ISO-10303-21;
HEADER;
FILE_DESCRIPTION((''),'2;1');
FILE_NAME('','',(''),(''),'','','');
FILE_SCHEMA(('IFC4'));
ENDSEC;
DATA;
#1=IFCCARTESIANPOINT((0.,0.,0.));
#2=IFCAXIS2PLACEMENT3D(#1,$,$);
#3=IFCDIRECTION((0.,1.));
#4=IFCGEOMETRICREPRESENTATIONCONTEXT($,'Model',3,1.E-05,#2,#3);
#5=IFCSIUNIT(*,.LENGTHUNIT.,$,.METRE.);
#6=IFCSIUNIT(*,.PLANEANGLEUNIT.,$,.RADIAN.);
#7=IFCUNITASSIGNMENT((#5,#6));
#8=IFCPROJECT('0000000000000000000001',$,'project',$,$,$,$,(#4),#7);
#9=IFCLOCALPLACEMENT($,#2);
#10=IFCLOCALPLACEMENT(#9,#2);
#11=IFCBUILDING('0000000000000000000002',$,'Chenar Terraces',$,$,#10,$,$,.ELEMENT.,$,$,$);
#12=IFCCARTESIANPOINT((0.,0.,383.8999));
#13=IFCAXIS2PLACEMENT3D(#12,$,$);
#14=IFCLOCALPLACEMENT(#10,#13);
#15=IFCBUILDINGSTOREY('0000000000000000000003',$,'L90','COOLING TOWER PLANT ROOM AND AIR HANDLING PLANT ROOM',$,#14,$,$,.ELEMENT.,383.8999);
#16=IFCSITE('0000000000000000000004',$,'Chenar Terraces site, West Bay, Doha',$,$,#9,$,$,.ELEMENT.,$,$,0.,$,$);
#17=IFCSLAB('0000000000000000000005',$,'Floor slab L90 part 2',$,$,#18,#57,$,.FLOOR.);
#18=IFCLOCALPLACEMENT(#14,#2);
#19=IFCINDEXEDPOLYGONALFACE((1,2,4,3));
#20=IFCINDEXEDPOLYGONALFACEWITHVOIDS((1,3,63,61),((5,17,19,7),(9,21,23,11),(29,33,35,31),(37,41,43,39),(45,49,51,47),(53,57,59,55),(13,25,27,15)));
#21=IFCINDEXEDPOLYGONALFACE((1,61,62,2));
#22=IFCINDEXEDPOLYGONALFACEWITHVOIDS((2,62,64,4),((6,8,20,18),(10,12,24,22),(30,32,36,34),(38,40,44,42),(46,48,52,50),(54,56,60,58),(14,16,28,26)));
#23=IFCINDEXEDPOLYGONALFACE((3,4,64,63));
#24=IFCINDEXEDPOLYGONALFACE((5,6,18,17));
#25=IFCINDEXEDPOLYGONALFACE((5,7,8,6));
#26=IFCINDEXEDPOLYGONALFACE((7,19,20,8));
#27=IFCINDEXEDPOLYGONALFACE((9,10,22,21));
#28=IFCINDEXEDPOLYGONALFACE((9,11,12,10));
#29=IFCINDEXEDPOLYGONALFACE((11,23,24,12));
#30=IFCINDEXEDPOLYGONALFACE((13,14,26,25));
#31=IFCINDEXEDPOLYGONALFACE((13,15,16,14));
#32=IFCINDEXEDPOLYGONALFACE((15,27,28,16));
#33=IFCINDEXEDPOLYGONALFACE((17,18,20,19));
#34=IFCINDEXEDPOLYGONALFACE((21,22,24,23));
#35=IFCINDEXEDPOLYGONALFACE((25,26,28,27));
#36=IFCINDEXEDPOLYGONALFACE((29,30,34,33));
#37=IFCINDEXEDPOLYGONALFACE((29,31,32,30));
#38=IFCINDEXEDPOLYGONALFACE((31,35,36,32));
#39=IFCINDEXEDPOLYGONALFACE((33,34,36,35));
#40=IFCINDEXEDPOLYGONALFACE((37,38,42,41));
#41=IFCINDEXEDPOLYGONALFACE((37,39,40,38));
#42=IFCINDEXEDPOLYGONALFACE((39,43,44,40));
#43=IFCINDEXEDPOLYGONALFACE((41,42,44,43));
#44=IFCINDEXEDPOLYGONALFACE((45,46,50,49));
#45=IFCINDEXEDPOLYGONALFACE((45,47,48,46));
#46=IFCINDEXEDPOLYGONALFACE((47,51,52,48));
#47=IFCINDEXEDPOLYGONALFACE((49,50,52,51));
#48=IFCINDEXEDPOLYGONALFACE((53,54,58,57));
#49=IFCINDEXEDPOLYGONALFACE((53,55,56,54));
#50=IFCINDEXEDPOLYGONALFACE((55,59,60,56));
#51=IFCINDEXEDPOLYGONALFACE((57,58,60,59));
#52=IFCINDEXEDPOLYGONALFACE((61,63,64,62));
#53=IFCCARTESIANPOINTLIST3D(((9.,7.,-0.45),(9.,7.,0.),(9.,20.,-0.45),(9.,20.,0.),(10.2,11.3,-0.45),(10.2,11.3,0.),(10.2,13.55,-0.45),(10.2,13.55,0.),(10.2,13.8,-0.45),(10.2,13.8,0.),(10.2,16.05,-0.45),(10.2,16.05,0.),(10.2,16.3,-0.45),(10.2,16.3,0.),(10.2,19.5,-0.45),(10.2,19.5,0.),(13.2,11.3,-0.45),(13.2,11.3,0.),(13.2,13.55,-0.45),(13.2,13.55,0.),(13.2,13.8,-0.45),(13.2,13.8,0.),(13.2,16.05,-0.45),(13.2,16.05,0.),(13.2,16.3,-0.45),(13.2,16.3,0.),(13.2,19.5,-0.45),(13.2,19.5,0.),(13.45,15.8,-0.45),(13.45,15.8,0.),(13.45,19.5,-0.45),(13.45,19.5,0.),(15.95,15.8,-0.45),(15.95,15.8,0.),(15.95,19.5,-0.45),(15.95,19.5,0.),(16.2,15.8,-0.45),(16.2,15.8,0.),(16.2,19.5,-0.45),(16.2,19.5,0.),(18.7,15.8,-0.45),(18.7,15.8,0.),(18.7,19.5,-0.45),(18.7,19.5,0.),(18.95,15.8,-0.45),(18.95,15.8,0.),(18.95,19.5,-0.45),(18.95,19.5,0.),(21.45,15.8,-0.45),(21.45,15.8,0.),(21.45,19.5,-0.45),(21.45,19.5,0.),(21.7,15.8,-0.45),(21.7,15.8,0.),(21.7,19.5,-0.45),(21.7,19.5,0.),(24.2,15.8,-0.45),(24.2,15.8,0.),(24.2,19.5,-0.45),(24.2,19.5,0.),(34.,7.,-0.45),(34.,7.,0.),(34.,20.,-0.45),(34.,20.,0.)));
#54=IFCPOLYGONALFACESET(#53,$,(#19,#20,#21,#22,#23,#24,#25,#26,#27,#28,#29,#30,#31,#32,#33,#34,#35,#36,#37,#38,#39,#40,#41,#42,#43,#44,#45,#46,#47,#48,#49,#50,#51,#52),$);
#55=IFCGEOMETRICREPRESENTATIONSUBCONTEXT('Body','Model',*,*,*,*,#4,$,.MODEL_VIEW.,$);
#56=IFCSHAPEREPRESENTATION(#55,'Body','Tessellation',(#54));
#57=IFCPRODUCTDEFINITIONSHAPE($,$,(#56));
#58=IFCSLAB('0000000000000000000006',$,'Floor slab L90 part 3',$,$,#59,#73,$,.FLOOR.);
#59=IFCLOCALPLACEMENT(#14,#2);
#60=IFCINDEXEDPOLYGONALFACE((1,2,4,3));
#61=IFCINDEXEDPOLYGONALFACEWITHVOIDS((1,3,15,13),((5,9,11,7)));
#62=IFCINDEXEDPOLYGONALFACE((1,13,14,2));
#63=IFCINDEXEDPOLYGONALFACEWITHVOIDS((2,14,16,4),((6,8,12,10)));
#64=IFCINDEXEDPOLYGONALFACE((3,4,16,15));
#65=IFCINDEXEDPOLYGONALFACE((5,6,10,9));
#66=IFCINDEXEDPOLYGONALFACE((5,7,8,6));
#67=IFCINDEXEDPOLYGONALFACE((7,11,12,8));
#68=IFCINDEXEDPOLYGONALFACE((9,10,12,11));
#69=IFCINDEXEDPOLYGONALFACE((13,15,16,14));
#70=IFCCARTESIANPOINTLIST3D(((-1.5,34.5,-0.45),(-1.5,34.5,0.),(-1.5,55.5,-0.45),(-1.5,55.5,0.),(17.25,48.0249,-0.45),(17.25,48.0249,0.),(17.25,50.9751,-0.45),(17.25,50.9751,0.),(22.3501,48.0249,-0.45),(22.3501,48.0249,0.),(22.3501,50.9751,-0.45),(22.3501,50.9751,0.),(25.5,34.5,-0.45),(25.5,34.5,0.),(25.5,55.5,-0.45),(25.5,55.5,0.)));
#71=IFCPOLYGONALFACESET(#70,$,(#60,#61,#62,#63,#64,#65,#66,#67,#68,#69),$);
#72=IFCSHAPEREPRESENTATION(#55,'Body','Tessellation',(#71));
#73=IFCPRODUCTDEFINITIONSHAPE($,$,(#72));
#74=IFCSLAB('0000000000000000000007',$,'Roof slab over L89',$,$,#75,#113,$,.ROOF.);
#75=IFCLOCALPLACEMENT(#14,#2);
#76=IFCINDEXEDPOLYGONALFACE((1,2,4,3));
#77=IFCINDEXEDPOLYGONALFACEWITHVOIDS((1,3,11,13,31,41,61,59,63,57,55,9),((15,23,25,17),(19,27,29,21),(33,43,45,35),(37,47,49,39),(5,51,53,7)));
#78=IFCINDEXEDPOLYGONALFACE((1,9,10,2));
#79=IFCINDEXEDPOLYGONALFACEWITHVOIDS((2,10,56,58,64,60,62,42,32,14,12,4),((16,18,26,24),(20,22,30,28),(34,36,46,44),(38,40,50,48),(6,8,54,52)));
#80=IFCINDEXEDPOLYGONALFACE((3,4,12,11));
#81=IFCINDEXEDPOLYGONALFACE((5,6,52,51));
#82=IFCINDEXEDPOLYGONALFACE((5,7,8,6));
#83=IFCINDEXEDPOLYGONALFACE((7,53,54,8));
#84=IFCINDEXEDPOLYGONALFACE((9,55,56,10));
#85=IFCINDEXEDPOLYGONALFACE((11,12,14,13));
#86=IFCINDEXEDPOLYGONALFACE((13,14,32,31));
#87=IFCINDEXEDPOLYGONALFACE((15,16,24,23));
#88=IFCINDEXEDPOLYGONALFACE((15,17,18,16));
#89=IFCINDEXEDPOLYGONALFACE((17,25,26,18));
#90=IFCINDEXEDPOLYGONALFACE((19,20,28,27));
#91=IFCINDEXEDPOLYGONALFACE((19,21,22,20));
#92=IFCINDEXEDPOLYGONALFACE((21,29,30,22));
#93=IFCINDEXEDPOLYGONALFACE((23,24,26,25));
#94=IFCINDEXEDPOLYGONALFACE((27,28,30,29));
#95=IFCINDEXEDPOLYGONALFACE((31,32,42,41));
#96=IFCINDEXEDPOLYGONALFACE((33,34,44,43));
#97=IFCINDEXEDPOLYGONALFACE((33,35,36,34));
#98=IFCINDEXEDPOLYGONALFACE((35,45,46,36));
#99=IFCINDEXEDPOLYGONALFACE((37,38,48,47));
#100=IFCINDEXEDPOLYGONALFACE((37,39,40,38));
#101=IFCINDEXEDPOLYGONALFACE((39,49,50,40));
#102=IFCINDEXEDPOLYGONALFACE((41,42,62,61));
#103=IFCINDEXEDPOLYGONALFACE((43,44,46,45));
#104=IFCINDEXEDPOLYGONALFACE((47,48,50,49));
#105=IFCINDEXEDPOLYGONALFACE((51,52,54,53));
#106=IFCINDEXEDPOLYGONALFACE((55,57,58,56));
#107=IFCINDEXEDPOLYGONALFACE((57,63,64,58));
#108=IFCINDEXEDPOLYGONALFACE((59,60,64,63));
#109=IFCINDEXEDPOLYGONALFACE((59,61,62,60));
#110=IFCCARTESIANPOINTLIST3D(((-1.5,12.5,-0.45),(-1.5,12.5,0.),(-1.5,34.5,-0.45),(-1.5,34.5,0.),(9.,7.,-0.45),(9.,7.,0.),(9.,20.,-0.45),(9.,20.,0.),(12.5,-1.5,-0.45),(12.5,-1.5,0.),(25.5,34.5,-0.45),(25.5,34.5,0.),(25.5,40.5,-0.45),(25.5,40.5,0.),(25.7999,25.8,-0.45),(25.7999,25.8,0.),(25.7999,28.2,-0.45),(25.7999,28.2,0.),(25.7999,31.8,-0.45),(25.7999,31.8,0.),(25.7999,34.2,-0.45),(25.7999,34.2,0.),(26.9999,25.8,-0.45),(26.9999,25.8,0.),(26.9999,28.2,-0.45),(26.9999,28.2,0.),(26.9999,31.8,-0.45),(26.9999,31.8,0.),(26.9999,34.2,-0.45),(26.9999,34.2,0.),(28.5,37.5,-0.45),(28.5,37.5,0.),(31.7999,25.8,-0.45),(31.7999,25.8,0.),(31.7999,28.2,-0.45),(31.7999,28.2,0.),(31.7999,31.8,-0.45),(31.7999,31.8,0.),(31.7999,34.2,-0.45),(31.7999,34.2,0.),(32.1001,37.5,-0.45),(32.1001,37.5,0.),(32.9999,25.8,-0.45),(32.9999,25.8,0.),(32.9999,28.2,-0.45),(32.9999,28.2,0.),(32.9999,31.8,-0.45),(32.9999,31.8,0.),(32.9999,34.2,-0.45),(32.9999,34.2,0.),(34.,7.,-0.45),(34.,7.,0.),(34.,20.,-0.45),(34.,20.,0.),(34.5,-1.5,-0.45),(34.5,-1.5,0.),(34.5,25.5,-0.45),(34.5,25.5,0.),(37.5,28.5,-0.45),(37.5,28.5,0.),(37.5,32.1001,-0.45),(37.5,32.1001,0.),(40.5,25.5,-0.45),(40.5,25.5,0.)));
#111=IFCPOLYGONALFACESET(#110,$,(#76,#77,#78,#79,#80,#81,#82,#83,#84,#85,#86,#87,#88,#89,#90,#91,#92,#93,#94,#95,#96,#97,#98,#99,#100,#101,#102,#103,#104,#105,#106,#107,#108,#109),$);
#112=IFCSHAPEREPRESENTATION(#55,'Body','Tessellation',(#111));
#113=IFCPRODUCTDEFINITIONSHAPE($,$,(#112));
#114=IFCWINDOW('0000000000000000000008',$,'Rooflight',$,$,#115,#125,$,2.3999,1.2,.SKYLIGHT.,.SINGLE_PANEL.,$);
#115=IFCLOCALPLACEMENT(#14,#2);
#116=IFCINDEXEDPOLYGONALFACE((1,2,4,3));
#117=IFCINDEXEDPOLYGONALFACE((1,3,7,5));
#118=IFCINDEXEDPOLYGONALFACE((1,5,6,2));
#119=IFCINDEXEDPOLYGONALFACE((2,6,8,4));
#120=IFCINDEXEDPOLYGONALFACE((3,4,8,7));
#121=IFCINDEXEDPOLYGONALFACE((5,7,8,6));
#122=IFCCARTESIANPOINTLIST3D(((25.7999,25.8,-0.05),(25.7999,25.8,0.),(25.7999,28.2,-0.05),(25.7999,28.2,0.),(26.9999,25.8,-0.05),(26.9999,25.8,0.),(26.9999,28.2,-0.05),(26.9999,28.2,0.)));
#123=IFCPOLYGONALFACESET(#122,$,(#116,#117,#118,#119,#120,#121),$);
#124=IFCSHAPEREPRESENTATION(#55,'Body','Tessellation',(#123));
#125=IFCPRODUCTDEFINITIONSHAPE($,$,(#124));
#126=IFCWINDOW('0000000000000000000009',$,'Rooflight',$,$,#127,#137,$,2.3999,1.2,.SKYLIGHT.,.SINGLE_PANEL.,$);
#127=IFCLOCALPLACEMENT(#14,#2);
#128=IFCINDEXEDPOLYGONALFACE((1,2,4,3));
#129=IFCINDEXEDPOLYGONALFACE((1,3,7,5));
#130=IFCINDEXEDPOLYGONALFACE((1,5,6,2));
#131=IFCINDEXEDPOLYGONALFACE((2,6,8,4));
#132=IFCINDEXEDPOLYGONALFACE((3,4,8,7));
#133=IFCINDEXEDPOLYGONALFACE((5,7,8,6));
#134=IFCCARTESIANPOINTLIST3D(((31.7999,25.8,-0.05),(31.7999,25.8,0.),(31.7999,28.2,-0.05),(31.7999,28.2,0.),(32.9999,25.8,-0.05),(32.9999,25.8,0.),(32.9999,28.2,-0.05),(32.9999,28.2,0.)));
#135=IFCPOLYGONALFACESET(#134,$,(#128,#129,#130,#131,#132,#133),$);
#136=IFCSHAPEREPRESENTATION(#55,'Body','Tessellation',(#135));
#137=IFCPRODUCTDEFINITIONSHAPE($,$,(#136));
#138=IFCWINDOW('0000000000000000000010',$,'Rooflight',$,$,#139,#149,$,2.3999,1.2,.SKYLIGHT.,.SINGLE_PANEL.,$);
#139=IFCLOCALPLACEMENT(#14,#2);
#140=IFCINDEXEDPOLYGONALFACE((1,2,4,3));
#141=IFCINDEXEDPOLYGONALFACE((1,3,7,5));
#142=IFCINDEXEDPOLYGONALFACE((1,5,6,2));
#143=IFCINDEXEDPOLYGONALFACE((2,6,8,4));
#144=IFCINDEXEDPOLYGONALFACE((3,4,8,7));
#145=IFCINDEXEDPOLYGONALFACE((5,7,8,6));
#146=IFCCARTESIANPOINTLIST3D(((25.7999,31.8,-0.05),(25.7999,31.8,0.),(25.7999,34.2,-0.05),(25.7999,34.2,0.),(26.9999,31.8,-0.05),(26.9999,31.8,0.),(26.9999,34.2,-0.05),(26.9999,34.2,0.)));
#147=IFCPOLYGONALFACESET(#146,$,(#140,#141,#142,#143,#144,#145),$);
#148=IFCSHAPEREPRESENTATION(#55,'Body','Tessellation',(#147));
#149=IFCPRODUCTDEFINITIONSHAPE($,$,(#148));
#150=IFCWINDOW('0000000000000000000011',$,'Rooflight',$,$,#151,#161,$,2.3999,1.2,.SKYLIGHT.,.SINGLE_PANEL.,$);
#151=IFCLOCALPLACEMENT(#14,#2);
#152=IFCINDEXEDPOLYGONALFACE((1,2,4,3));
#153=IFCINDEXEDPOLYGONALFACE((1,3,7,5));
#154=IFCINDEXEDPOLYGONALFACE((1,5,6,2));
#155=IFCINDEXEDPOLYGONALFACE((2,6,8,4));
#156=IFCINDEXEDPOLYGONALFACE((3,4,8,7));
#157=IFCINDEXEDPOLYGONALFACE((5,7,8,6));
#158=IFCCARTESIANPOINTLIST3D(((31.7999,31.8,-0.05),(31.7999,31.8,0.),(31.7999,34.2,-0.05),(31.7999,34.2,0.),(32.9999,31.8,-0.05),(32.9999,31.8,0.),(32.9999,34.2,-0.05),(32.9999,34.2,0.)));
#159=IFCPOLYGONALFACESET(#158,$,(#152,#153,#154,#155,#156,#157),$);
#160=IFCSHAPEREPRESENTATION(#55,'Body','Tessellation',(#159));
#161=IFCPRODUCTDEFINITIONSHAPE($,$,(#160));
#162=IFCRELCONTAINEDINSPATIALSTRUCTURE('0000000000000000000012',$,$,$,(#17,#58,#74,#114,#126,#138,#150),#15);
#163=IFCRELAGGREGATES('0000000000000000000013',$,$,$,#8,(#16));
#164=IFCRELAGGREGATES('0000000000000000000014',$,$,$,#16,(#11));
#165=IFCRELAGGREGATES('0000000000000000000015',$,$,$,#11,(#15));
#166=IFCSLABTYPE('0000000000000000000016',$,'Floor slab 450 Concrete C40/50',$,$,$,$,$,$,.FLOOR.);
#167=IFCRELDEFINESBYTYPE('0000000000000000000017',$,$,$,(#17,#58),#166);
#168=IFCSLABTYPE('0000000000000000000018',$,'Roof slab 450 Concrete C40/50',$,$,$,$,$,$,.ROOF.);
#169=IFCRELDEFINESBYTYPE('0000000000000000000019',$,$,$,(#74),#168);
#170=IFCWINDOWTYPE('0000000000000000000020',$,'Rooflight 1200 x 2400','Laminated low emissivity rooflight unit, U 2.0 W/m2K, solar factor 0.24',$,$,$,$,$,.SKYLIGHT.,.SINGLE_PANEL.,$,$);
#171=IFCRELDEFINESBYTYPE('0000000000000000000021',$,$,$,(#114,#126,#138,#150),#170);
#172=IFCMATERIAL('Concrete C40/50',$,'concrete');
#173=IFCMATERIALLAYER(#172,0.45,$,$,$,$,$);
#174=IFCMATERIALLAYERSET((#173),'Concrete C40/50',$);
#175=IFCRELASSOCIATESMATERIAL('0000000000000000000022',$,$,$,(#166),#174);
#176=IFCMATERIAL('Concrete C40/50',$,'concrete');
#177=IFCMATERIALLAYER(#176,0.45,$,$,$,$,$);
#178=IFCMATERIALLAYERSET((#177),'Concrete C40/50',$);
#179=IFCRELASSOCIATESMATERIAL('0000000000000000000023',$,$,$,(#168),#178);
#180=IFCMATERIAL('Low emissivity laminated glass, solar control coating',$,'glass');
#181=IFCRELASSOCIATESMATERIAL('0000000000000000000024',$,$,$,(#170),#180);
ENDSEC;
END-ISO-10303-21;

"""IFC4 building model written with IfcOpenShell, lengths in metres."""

from ifc_helpers import new_model, si_unit, direction, frame, origin, origin_2d, place, context, subcontext, project, spatial, polyline, rectangle, outline, extrude, material, layer, layer_set, type_object, element, fill, save


model = new_model("IFC4")

# Units and contexts
model_context = context("Model", 3, precision=1e-05, world=origin(), true_north=direction((0.0, 1.0)))
body_context = subcontext(model_context, "Body", "Model", "MODEL_VIEW")
ifc_project = project(units=[si_unit("LENGTHUNIT", "METRE"), si_unit("PLANEANGLEUNIT", "RADIAN")], contexts=[model_context])

# Site, building, storey
site_placement = place(None, origin())
site = spatial("IfcSite", under=ifc_project, at=site_placement, Name="Chenar Terraces site, West Bay, Doha", CompositionType="ELEMENT", RefElevation=0.0)
building_placement = place(site_placement, origin())
building = spatial("IfcBuilding", under=site, at=building_placement, Name="Chenar Terraces", CompositionType="ELEMENT")
storey_placement = place(building_placement, frame((0.0, 0.0, 383.8999)))
storey = spatial("IfcBuildingStorey", under=building, at=storey_placement, Name="L90", Description="COOLING TOWER PLANT ROOM AND AIR HANDLING PLANT ROOM", CompositionType="ELEMENT", Elevation=383.8999)

# Slabs
ifc_material_1 = material(Name="Concrete C40/50", Category="concrete")
ifc_layer_1 = layer(ifc_material_1, 0.45)
ifc_layer_set_1 = layer_set([ifc_layer_1], Name="Concrete C40/50")
slab_type_1 = type_object("IfcSlabType", Name="Floor slab 450 Concrete C40/50", PredefinedType="FLOOR", material=ifc_layer_set_1)
placement_1 = place(storey_placement, frame((0.0, 0.0, -0.45)))
element("IfcSlab", 1, at=placement_1, inside=storey, type_object=slab_type_1, Name="Floor slab L90 part 2", PredefinedType="FLOOR", context=body_context, shape_type="SweptSolid", body=[
    extrude(outline(polyline([(34.0, 20.0), (34.0, 7.0), (9.0, 7.0), (9.0, 20.0), (34.0, 20.0)]), holes=[polyline([(10.2, 13.55), (10.2, 11.3), (13.2, 11.3), (13.2, 13.55), (10.2, 13.55)]), polyline([(10.2, 16.05), (10.2, 13.8), (13.2, 13.8), (13.2, 16.05), (10.2, 16.05)]), polyline([(13.45, 19.5), (13.45, 15.8), (15.95, 15.8), (15.95, 19.5), (13.45, 19.5)]), polyline([(18.7, 19.5), (16.2, 19.5), (16.2, 15.8), (18.7, 15.8), (18.7, 19.5)]), polyline([(13.2, 19.5), (10.2, 19.5), (10.2, 16.3), (13.2, 16.3), (13.2, 19.5)]), polyline([(21.45, 19.5), (18.95, 19.5), (18.95, 15.8), (21.45, 15.8), (21.45, 19.5)]), polyline([(24.2, 19.5), (21.7, 19.5), (21.7, 15.8), (24.2, 15.8), (24.2, 19.5)])]), origin(), (0.0, 0.0, 1.0), 0.45),
])
element("IfcSlab", 2, at=placement_1, inside=storey, type_object=slab_type_1, Name="Floor slab L90 part 3", PredefinedType="FLOOR", context=body_context, shape_type="SweptSolid", body=[
    extrude(outline(polyline([(25.5, 55.5), (25.5, 34.5), (-1.5, 34.5), (-1.5, 55.5), (25.5, 55.5)]), holes=[polyline([(22.3501, 50.9751), (17.25, 50.9751), (17.25, 48.0249), (22.3501, 48.0249), (22.3501, 50.9751)])]), origin(), (0.0, 0.0, 1.0), 0.45),
])

# Slab, openings, windows
ifc_material_2 = material(Name="Concrete C40/50", Category="concrete")
ifc_layer_2 = layer(ifc_material_2, 0.45)
ifc_layer_set_2 = layer_set([ifc_layer_2], Name="Concrete C40/50")
slab_type_2 = type_object("IfcSlabType", Name="Roof slab 450 Concrete C40/50", PredefinedType="ROOF", material=ifc_layer_set_2)
slab_1 = element("IfcSlab", 3, at=placement_1, inside=storey, type_object=slab_type_2, Name="Roof slab over L89", PredefinedType="ROOF", context=body_context, shape_type="SweptSolid", body=[
    extrude(outline(polyline([(12.5, -1.5), (-1.5, 12.5), (-1.5, 34.5), (25.5, 34.5), (25.5, 40.5), (28.5, 37.5), (32.1001, 37.5), (37.5, 32.1001), (37.5, 28.5), (40.5, 25.5), (34.5, 25.5), (34.5, -1.5), (12.5, -1.5)]), holes=[polyline([(9.0, 7.0), (34.0, 7.0), (34.0, 20.0), (9.0, 20.0), (9.0, 7.0)])]), origin(), (0.0, 0.0, 1.0), 0.45),
])
opening_1_placement = place(placement_1, frame((26.3999, 27.0, 0.0)))
opening_1 = element("IfcOpeningElement", 4, at=opening_1_placement, cuts=slab_1, PredefinedType="OPENING", context=body_context, shape_type="SweptSolid", body=[
    extrude(rectangle(XDim=1.2, YDim=2.3999, at=origin_2d()), origin(), (0.0, 0.0, 1.0), 0.45),
])
opening_2_placement = place(placement_1, frame((32.3999, 27.0, 0.0)))
opening_2 = element("IfcOpeningElement", 5, at=opening_2_placement, cuts=slab_1, PredefinedType="OPENING", context=body_context, shape_type="SweptSolid", body=[
    extrude(rectangle(XDim=1.2, YDim=2.3999, at=origin_2d()), origin(), (0.0, 0.0, 1.0), 0.45),
])
opening_3_placement = place(placement_1, frame((26.3999, 33.0, 0.0)))
opening_3 = element("IfcOpeningElement", 6, at=opening_3_placement, cuts=slab_1, PredefinedType="OPENING", context=body_context, shape_type="SweptSolid", body=[
    extrude(rectangle(XDim=1.2, YDim=2.3999, at=origin_2d()), origin(), (0.0, 0.0, 1.0), 0.45),
])
opening_4_placement = place(placement_1, frame((32.3999, 33.0, 0.0)))
opening_4 = element("IfcOpeningElement", 7, at=opening_4_placement, cuts=slab_1, PredefinedType="OPENING", context=body_context, shape_type="SweptSolid", body=[
    extrude(rectangle(XDim=1.2, YDim=2.3999, at=origin_2d()), origin(), (0.0, 0.0, 1.0), 0.45),
])
ifc_material_3 = material(Name="Low emissivity laminated glass, solar control coating", Category="glass")
window_type = type_object("IfcWindowType", Name="Rooflight 1200 x 2400", Description="Laminated low emissivity rooflight unit, U 2.0 W/m2K, solar factor 0.24", PartitioningType="SINGLE_PANEL", PredefinedType="SKYLIGHT", material=ifc_material_3)
window_1_placement = place(opening_1_placement, frame((0.0, 0.0, 0.3999)))
window_1 = element("IfcWindow", 8, at=window_1_placement, inside=storey, type_object=window_type, Name="Rooflight", OverallHeight=2.3999, OverallWidth=1.2, PartitioningType="SINGLE_PANEL", PredefinedType="SKYLIGHT", context=body_context, shape_type="SweptSolid", body=[
    extrude(rectangle(XDim=1.2, YDim=2.3999, at=origin_2d()), origin(), (0.0, 0.0, 1.0), 0.05),
])
fill(opening_1, window_1)
window_2_placement = place(opening_2_placement, frame((0.0, 0.0, 0.3999)))
window_2 = element("IfcWindow", 9, at=window_2_placement, inside=storey, type_object=window_type, Name="Rooflight", OverallHeight=2.3999, OverallWidth=1.2, PartitioningType="SINGLE_PANEL", PredefinedType="SKYLIGHT", context=body_context, shape_type="SweptSolid", body=[
    extrude(rectangle(XDim=1.2, YDim=2.3999, at=origin_2d()), origin(), (0.0, 0.0, 1.0), 0.05),
])
fill(opening_2, window_2)
window_3_placement = place(opening_3_placement, frame((0.0, 0.0, 0.3999)))
window_3 = element("IfcWindow", 10, at=window_3_placement, inside=storey, type_object=window_type, Name="Rooflight", OverallHeight=2.3999, OverallWidth=1.2, PartitioningType="SINGLE_PANEL", PredefinedType="SKYLIGHT", context=body_context, shape_type="SweptSolid", body=[
    extrude(rectangle(XDim=1.2, YDim=2.3999, at=origin_2d()), origin(), (0.0, 0.0, 1.0), 0.05),
])
fill(opening_3, window_3)
window_4_placement = place(opening_4_placement, frame((0.0, 0.0, 0.3999)))
window_4 = element("IfcWindow", 11, at=window_4_placement, inside=storey, type_object=window_type, Name="Rooflight", OverallHeight=2.3999, OverallWidth=1.2, PartitioningType="SINGLE_PANEL", PredefinedType="SKYLIGHT", context=body_context, shape_type="SweptSolid", body=[
    extrude(rectangle(XDim=1.2, YDim=2.3999, at=origin_2d()), origin(), (0.0, 0.0, 1.0), 0.05),
])
fill(opening_4, window_4)

save(model, "model.ifc")
